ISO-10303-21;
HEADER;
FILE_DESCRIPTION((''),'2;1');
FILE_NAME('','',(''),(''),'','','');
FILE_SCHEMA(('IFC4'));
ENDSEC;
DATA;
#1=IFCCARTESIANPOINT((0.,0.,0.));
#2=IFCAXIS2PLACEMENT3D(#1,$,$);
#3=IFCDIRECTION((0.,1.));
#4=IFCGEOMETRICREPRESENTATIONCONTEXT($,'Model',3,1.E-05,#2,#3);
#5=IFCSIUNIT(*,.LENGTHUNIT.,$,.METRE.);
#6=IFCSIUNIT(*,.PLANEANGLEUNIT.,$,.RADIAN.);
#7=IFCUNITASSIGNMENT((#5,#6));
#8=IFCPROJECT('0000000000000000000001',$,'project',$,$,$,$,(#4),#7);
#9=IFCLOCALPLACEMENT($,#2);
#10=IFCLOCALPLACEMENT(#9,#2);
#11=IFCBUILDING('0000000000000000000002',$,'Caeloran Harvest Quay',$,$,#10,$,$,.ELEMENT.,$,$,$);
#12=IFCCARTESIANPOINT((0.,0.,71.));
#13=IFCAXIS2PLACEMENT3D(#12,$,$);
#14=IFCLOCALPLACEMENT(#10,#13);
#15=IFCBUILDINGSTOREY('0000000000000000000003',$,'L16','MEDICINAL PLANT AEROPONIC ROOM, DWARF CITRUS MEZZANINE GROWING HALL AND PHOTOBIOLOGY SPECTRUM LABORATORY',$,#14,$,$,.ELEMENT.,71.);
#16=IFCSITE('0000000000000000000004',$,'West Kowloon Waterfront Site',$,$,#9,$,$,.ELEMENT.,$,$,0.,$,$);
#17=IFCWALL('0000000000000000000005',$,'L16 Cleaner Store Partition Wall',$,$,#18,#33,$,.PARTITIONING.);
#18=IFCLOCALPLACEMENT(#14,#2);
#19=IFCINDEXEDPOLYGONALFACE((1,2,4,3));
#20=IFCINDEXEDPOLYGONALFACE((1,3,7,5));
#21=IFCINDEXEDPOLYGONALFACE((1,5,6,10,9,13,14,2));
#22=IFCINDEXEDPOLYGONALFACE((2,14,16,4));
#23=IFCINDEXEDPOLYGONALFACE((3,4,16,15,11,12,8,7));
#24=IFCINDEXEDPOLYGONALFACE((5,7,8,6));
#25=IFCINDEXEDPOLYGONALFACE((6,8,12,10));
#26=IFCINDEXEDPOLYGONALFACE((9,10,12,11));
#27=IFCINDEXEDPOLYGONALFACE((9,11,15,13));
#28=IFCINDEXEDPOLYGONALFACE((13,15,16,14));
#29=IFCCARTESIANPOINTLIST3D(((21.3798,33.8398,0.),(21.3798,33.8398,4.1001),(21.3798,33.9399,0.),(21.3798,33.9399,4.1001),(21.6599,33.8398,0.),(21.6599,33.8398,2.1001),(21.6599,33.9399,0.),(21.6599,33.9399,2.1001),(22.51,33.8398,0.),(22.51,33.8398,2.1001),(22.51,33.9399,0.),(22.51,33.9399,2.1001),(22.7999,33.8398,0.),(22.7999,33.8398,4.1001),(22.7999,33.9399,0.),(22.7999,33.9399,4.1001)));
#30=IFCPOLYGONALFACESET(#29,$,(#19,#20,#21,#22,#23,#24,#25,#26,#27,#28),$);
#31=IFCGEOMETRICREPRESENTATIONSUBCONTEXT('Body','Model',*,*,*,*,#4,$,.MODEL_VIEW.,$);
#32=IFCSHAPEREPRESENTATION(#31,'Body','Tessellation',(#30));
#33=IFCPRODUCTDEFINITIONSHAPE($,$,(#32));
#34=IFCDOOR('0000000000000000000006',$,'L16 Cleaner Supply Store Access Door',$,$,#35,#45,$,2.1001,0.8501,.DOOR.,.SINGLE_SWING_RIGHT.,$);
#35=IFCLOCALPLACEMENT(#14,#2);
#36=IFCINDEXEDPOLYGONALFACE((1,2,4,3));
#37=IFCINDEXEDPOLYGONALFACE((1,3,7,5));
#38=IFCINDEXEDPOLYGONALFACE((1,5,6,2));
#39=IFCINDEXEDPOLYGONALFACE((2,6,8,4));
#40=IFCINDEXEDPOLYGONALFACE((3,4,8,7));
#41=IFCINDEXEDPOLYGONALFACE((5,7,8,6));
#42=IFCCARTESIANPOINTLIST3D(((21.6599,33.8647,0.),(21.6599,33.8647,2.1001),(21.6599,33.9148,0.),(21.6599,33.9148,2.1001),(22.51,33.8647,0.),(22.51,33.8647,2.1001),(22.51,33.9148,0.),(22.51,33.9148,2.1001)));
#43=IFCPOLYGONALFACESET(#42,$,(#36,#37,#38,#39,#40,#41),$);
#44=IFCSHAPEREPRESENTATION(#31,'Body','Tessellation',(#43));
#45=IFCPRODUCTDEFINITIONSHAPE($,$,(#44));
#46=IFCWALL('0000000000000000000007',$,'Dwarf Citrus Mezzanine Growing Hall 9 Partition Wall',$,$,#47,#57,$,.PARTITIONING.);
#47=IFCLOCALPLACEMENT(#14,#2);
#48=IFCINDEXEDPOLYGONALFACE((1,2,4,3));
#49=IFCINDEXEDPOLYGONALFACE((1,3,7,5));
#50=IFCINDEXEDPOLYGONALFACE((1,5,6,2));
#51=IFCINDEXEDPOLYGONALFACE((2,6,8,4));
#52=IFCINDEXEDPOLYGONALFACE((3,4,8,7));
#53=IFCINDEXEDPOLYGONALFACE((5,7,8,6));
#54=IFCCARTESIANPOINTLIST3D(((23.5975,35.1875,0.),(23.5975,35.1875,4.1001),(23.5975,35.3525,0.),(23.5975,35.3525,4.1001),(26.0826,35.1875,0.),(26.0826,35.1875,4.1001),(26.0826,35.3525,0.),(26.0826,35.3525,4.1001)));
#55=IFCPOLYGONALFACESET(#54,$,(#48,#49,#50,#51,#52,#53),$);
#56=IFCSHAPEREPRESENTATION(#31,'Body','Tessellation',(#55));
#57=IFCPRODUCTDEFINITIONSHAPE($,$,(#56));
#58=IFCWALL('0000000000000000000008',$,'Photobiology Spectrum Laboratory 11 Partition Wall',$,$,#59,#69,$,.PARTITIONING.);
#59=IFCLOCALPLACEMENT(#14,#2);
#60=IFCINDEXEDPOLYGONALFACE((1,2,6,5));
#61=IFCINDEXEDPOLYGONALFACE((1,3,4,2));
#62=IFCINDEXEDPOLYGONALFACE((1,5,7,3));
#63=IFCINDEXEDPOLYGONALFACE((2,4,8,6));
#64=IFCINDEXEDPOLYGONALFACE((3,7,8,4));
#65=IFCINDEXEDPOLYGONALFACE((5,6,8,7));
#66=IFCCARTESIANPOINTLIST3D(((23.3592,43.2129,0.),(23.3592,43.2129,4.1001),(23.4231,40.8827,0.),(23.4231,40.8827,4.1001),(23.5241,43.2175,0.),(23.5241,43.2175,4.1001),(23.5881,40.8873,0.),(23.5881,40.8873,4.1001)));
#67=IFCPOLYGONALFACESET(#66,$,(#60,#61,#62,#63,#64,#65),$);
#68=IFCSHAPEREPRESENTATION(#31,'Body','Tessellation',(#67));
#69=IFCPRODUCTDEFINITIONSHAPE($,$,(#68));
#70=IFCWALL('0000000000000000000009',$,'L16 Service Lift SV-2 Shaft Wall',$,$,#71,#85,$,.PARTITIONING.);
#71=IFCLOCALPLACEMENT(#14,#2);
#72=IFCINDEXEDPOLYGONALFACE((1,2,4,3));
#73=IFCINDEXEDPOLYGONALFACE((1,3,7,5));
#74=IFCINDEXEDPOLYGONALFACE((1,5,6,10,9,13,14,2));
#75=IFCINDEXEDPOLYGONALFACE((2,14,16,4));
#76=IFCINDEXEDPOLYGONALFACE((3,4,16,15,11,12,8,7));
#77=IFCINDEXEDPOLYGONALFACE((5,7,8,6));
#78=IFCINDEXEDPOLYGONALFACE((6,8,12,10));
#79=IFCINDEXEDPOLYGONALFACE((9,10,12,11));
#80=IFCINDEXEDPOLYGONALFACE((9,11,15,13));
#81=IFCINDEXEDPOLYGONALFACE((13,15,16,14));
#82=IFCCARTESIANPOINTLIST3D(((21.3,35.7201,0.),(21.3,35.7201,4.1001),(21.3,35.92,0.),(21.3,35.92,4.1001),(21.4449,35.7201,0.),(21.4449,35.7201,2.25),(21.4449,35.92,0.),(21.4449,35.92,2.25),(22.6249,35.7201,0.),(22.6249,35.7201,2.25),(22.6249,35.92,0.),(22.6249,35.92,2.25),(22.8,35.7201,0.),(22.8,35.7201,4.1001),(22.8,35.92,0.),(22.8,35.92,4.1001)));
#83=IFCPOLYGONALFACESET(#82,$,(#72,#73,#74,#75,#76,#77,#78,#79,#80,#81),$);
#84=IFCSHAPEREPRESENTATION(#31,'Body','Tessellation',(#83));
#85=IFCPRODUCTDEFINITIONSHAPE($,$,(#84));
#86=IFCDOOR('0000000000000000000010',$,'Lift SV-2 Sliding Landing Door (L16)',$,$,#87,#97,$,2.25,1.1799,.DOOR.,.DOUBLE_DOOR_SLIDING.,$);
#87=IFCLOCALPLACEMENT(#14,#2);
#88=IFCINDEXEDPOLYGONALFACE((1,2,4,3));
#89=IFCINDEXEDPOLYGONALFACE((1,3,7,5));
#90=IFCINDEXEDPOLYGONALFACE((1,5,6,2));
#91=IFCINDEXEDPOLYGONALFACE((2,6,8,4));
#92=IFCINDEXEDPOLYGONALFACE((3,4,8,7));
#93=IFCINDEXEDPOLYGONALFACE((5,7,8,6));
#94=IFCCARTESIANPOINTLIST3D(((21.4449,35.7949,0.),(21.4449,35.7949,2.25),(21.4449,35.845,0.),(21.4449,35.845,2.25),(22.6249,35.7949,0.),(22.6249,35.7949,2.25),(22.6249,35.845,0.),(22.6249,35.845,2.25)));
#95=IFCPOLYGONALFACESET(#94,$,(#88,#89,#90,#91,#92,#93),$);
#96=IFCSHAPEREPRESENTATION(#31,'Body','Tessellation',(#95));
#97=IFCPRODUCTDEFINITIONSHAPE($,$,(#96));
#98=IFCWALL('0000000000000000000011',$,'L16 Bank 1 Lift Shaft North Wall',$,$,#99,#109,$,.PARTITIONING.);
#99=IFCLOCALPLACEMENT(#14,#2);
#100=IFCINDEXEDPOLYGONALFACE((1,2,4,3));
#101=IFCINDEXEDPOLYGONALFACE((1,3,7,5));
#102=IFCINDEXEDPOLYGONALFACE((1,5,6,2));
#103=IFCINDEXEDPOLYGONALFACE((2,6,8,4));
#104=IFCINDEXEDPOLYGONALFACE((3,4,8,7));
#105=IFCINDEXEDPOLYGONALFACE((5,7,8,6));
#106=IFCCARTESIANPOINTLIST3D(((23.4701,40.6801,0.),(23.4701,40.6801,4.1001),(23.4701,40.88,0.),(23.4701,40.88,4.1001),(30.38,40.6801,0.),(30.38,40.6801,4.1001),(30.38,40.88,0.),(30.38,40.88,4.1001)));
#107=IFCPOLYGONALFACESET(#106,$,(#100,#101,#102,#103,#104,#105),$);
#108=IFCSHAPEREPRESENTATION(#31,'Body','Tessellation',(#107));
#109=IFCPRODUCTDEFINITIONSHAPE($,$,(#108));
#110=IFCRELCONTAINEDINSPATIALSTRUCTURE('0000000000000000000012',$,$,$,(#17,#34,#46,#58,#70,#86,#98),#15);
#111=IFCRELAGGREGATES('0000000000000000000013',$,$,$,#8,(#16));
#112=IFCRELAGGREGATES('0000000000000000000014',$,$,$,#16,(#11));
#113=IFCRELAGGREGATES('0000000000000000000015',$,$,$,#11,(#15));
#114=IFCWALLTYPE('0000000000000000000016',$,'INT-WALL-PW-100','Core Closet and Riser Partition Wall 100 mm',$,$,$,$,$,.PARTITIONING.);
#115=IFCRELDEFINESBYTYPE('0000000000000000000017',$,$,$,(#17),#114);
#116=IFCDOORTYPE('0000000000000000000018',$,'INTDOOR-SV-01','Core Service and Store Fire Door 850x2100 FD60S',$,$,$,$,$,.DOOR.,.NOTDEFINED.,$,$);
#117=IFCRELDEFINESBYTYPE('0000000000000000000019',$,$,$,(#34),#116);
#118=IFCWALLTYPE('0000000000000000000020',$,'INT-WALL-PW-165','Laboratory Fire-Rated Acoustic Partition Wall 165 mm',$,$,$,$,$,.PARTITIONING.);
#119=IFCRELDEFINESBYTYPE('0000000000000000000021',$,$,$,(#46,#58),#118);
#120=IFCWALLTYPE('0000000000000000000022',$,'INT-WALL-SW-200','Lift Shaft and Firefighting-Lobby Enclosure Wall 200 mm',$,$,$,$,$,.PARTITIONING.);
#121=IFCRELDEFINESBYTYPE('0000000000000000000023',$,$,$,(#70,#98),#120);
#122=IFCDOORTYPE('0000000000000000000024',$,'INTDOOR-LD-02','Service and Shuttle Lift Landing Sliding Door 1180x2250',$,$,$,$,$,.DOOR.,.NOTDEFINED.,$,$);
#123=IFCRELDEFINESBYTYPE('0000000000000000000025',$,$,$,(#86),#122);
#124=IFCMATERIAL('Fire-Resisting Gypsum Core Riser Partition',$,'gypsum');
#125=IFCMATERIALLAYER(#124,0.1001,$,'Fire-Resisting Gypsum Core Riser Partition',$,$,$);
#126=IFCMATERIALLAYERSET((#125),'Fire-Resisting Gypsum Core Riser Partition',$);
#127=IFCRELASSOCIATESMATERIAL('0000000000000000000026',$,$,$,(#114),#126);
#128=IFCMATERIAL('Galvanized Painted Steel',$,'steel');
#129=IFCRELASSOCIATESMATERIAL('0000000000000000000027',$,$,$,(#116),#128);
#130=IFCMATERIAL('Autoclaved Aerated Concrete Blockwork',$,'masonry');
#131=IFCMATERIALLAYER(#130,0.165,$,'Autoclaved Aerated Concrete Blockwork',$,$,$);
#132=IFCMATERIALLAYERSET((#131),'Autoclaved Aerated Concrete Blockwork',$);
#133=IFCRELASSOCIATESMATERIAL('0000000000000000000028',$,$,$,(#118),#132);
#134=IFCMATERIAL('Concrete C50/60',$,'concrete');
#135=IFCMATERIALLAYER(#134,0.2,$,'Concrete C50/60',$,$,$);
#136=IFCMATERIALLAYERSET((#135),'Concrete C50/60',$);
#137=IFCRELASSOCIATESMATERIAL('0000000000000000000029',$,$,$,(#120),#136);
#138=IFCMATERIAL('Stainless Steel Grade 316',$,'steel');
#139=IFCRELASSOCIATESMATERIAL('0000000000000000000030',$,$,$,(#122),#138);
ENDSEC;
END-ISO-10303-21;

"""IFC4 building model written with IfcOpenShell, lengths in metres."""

from ifc_helpers import new_model, si_unit, direction, frame, frame_2d, origin, place, context, subcontext, project, spatial, rectangle, extrude, material, layer, layer_set, type_object, element, fill, save


model = new_model("IFC4")

# Units and contexts
model_context = context("Model", 3, precision=1e-05, world=origin(), true_north=direction((0.0, 1.0)))
body_context = subcontext(model_context, "Body", "Model", "MODEL_VIEW")
ifc_project = project(units=[si_unit("LENGTHUNIT", "METRE"), si_unit("PLANEANGLEUNIT", "RADIAN")], contexts=[model_context])

# Site, building, storey
site_placement = place(None, origin())
site = spatial("IfcSite", under=ifc_project, at=site_placement, Name="West Kowloon Waterfront Site", CompositionType="ELEMENT", RefElevation=0.0)
building_placement = place(site_placement, origin())
building = spatial("IfcBuilding", under=site, at=building_placement, Name="Caeloran Harvest Quay", CompositionType="ELEMENT")
storey_placement = place(building_placement, frame((0.0, 0.0, 71.0)))
storey = spatial("IfcBuildingStorey", under=building, at=storey_placement, Name="L16", Description="MEDICINAL PLANT AEROPONIC ROOM, DWARF CITRUS MEZZANINE GROWING HALL AND PHOTOBIOLOGY SPECTRUM LABORATORY", CompositionType="ELEMENT", Elevation=71.0)

# Wall, opening, door
ifc_material_1 = material(Name="Fire-Resisting Gypsum Core Riser Partition", Category="gypsum")
ifc_layer_1 = layer(ifc_material_1, 0.1001, Name="Fire-Resisting Gypsum Core Riser Partition")
ifc_layer_set_1 = layer_set([ifc_layer_1], Name="Fire-Resisting Gypsum Core Riser Partition")
wall_type_1 = type_object("IfcWallType", Name="INT-WALL-PW-100", Description="Core Closet and Riser Partition Wall 100 mm", PredefinedType="PARTITIONING", material=ifc_layer_set_1)
wall_1_placement = place(storey_placement, frame((21.3799, 33.8899, 0.0), z_axis=(0.0, 0.0, 1.0), x_axis=(1.0, 0.0, 0.0)))
wall_1 = element("IfcWall", 1, at=wall_1_placement, inside=storey, type_object=wall_type_1, Name="L16 Cleaner Store Partition Wall", PredefinedType="PARTITIONING", context=body_context, shape_type="SweptSolid", body=[
    extrude(rectangle(XDim=1.4202, YDim=0.1001, at=frame_2d((0.71, 0.0))), origin(), (0.0, 0.0, 1.0), 4.1001),
])
opening_1_placement = place(wall_1_placement, frame((0.28, 0.0, 0.0)))
opening_1 = element("IfcOpeningElement", 2, at=opening_1_placement, cuts=wall_1, PredefinedType="OPENING", context=body_context, shape_type="SweptSolid", body=[
    extrude(rectangle(XDim=0.8501, YDim=2.1001, at=frame_2d((0.425, 1.05))), frame((0.0, 0.0601, 0.0), z_axis=(0.0, -1.0, 0.0), x_axis=(1.0, 0.0, 0.0)), (0.0, 0.0, 1.0), 0.1201),
])
ifc_material_2 = material(Name="Galvanized Painted Steel", Category="steel")
door_type_1 = type_object("IfcDoorType", Name="INTDOOR-SV-01", Description="Core Service and Store Fire Door 850x2100 FD60S", OperationType="NOTDEFINED", PredefinedType="DOOR", material=ifc_material_2)
door_1_placement = place(opening_1_placement, origin())
door_1 = element("IfcDoor", 3, at=door_1_placement, inside=storey, type_object=door_type_1, Name="L16 Cleaner Supply Store Access Door", OperationType="SINGLE_SWING_RIGHT", OverallHeight=2.1001, OverallWidth=0.8501, PredefinedType="DOOR", context=body_context, shape_type="SweptSolid", body=[
    extrude(rectangle(XDim=0.8501, YDim=2.1001, at=frame_2d((0.425, 1.05))), frame((0.0, 0.0249, 0.0), z_axis=(0.0, -1.0, 0.0), x_axis=(1.0, 0.0, 0.0)), (0.0, 0.0, 1.0), 0.05),
])
fill(opening_1, door_1)

# Walls
ifc_material_3 = material(Name="Autoclaved Aerated Concrete Blockwork", Category="masonry")
ifc_layer_2 = layer(ifc_material_3, 0.165, Name="Autoclaved Aerated Concrete Blockwork")
ifc_layer_set_2 = layer_set([ifc_layer_2], Name="Autoclaved Aerated Concrete Blockwork")
wall_type_2 = type_object("IfcWallType", Name="INT-WALL-PW-165", Description="Laboratory Fire-Rated Acoustic Partition Wall 165 mm", PredefinedType="PARTITIONING", material=ifc_layer_set_2)
wall_2_placement = place(storey_placement, frame((23.5974, 35.27, 0.0), z_axis=(0.0, 0.0, 1.0), x_axis=(1.0, 0.0, 0.0)))
element("IfcWall", 4, at=wall_2_placement, inside=storey, type_object=wall_type_2, Name="Dwarf Citrus Mezzanine Growing Hall 9 Partition Wall", PredefinedType="PARTITIONING", context=body_context, shape_type="SweptSolid", body=[
    extrude(rectangle(XDim=2.4851, YDim=0.165, at=frame_2d((1.2427, 0.0))), origin(), (0.0, 0.0, 1.0), 4.1001),
])
wall_3_placement = place(storey_placement, frame((23.5056, 40.885, 0.0), z_axis=(0.0, 0.0, 1.0), x_axis=(-0.027441, 0.999623, 0.0)))
element("IfcWall", 5, at=wall_3_placement, inside=storey, type_object=wall_type_2, Name="Photobiology Spectrum Laboratory 11 Partition Wall", PredefinedType="PARTITIONING", context=body_context, shape_type="SweptSolid", body=[
    extrude(rectangle(XDim=2.3311, YDim=0.165, at=frame_2d((1.1655, 0.0))), origin(), (0.0, 0.0, 1.0), 4.1001),
])

# Wall, opening, door
ifc_material_4 = material(Name="Concrete C50/60", Category="concrete")
ifc_layer_3 = layer(ifc_material_4, 0.2, Name="Concrete C50/60")
ifc_layer_set_3 = layer_set([ifc_layer_3], Name="Concrete C50/60")
wall_type_3 = type_object("IfcWallType", Name="INT-WALL-SW-200", Description="Lift Shaft and Firefighting-Lobby Enclosure Wall 200 mm", PredefinedType="PARTITIONING", material=ifc_layer_set_3)
wall_4_placement = place(storey_placement, frame((21.3, 35.8201, 0.0), z_axis=(0.0, 0.0, 1.0), x_axis=(1.0, 0.0, 0.0)))
wall_4 = element("IfcWall", 6, at=wall_4_placement, inside=storey, type_object=wall_type_3, Name="L16 Service Lift SV-2 Shaft Wall", PredefinedType="PARTITIONING", context=body_context, shape_type="SweptSolid", body=[
    extrude(rectangle(XDim=1.5, YDim=0.2, at=frame_2d((0.75, 0.0))), origin(), (0.0, 0.0, 1.0), 4.1001),
])
opening_2_placement = place(wall_4_placement, frame((0.145, 0.0, 0.0)))
opening_2 = element("IfcOpeningElement", 7, at=opening_2_placement, cuts=wall_4, PredefinedType="OPENING", context=body_context, shape_type="SweptSolid", body=[
    extrude(rectangle(XDim=1.1799, YDim=2.25, at=frame_2d((0.5898, 1.125))), frame((0.0, 0.1099, 0.0), z_axis=(0.0, -1.0, 0.0), x_axis=(1.0, 0.0, 0.0)), (0.0, 0.0, 1.0), 0.22),
])
ifc_material_5 = material(Name="Stainless Steel Grade 316", Category="steel")
door_type_2 = type_object("IfcDoorType", Name="INTDOOR-LD-02", Description="Service and Shuttle Lift Landing Sliding Door 1180x2250", OperationType="NOTDEFINED", PredefinedType="DOOR", material=ifc_material_5)
door_2_placement = place(opening_2_placement, origin())
door_2 = element("IfcDoor", 8, at=door_2_placement, inside=storey, type_object=door_type_2, Name="Lift SV-2 Sliding Landing Door (L16)", OperationType="DOUBLE_DOOR_SLIDING", OverallHeight=2.25, OverallWidth=1.1799, PredefinedType="DOOR", context=body_context, shape_type="SweptSolid", body=[
    extrude(rectangle(XDim=1.1799, YDim=2.25, at=frame_2d((0.5898, 1.125))), frame((0.0, 0.0249, 0.0), z_axis=(0.0, -1.0, 0.0), x_axis=(1.0, 0.0, 0.0)), (0.0, 0.0, 1.0), 0.05),
])
fill(opening_2, door_2)

# Wall
wall_5_placement = place(storey_placement, frame((23.47, 40.78, 0.0), z_axis=(0.0, 0.0, 1.0), x_axis=(1.0, 0.0, 0.0)))
element("IfcWall", 9, at=wall_5_placement, inside=storey, type_object=wall_type_3, Name="L16 Bank 1 Lift Shaft North Wall", PredefinedType="PARTITIONING", context=body_context, shape_type="SweptSolid", body=[
    extrude(rectangle(XDim=6.9099, YDim=0.2, at=frame_2d((3.4551, 0.0))), origin(), (0.0, 0.0, 1.0), 4.1001),
])

save(model, "model.ifc")
